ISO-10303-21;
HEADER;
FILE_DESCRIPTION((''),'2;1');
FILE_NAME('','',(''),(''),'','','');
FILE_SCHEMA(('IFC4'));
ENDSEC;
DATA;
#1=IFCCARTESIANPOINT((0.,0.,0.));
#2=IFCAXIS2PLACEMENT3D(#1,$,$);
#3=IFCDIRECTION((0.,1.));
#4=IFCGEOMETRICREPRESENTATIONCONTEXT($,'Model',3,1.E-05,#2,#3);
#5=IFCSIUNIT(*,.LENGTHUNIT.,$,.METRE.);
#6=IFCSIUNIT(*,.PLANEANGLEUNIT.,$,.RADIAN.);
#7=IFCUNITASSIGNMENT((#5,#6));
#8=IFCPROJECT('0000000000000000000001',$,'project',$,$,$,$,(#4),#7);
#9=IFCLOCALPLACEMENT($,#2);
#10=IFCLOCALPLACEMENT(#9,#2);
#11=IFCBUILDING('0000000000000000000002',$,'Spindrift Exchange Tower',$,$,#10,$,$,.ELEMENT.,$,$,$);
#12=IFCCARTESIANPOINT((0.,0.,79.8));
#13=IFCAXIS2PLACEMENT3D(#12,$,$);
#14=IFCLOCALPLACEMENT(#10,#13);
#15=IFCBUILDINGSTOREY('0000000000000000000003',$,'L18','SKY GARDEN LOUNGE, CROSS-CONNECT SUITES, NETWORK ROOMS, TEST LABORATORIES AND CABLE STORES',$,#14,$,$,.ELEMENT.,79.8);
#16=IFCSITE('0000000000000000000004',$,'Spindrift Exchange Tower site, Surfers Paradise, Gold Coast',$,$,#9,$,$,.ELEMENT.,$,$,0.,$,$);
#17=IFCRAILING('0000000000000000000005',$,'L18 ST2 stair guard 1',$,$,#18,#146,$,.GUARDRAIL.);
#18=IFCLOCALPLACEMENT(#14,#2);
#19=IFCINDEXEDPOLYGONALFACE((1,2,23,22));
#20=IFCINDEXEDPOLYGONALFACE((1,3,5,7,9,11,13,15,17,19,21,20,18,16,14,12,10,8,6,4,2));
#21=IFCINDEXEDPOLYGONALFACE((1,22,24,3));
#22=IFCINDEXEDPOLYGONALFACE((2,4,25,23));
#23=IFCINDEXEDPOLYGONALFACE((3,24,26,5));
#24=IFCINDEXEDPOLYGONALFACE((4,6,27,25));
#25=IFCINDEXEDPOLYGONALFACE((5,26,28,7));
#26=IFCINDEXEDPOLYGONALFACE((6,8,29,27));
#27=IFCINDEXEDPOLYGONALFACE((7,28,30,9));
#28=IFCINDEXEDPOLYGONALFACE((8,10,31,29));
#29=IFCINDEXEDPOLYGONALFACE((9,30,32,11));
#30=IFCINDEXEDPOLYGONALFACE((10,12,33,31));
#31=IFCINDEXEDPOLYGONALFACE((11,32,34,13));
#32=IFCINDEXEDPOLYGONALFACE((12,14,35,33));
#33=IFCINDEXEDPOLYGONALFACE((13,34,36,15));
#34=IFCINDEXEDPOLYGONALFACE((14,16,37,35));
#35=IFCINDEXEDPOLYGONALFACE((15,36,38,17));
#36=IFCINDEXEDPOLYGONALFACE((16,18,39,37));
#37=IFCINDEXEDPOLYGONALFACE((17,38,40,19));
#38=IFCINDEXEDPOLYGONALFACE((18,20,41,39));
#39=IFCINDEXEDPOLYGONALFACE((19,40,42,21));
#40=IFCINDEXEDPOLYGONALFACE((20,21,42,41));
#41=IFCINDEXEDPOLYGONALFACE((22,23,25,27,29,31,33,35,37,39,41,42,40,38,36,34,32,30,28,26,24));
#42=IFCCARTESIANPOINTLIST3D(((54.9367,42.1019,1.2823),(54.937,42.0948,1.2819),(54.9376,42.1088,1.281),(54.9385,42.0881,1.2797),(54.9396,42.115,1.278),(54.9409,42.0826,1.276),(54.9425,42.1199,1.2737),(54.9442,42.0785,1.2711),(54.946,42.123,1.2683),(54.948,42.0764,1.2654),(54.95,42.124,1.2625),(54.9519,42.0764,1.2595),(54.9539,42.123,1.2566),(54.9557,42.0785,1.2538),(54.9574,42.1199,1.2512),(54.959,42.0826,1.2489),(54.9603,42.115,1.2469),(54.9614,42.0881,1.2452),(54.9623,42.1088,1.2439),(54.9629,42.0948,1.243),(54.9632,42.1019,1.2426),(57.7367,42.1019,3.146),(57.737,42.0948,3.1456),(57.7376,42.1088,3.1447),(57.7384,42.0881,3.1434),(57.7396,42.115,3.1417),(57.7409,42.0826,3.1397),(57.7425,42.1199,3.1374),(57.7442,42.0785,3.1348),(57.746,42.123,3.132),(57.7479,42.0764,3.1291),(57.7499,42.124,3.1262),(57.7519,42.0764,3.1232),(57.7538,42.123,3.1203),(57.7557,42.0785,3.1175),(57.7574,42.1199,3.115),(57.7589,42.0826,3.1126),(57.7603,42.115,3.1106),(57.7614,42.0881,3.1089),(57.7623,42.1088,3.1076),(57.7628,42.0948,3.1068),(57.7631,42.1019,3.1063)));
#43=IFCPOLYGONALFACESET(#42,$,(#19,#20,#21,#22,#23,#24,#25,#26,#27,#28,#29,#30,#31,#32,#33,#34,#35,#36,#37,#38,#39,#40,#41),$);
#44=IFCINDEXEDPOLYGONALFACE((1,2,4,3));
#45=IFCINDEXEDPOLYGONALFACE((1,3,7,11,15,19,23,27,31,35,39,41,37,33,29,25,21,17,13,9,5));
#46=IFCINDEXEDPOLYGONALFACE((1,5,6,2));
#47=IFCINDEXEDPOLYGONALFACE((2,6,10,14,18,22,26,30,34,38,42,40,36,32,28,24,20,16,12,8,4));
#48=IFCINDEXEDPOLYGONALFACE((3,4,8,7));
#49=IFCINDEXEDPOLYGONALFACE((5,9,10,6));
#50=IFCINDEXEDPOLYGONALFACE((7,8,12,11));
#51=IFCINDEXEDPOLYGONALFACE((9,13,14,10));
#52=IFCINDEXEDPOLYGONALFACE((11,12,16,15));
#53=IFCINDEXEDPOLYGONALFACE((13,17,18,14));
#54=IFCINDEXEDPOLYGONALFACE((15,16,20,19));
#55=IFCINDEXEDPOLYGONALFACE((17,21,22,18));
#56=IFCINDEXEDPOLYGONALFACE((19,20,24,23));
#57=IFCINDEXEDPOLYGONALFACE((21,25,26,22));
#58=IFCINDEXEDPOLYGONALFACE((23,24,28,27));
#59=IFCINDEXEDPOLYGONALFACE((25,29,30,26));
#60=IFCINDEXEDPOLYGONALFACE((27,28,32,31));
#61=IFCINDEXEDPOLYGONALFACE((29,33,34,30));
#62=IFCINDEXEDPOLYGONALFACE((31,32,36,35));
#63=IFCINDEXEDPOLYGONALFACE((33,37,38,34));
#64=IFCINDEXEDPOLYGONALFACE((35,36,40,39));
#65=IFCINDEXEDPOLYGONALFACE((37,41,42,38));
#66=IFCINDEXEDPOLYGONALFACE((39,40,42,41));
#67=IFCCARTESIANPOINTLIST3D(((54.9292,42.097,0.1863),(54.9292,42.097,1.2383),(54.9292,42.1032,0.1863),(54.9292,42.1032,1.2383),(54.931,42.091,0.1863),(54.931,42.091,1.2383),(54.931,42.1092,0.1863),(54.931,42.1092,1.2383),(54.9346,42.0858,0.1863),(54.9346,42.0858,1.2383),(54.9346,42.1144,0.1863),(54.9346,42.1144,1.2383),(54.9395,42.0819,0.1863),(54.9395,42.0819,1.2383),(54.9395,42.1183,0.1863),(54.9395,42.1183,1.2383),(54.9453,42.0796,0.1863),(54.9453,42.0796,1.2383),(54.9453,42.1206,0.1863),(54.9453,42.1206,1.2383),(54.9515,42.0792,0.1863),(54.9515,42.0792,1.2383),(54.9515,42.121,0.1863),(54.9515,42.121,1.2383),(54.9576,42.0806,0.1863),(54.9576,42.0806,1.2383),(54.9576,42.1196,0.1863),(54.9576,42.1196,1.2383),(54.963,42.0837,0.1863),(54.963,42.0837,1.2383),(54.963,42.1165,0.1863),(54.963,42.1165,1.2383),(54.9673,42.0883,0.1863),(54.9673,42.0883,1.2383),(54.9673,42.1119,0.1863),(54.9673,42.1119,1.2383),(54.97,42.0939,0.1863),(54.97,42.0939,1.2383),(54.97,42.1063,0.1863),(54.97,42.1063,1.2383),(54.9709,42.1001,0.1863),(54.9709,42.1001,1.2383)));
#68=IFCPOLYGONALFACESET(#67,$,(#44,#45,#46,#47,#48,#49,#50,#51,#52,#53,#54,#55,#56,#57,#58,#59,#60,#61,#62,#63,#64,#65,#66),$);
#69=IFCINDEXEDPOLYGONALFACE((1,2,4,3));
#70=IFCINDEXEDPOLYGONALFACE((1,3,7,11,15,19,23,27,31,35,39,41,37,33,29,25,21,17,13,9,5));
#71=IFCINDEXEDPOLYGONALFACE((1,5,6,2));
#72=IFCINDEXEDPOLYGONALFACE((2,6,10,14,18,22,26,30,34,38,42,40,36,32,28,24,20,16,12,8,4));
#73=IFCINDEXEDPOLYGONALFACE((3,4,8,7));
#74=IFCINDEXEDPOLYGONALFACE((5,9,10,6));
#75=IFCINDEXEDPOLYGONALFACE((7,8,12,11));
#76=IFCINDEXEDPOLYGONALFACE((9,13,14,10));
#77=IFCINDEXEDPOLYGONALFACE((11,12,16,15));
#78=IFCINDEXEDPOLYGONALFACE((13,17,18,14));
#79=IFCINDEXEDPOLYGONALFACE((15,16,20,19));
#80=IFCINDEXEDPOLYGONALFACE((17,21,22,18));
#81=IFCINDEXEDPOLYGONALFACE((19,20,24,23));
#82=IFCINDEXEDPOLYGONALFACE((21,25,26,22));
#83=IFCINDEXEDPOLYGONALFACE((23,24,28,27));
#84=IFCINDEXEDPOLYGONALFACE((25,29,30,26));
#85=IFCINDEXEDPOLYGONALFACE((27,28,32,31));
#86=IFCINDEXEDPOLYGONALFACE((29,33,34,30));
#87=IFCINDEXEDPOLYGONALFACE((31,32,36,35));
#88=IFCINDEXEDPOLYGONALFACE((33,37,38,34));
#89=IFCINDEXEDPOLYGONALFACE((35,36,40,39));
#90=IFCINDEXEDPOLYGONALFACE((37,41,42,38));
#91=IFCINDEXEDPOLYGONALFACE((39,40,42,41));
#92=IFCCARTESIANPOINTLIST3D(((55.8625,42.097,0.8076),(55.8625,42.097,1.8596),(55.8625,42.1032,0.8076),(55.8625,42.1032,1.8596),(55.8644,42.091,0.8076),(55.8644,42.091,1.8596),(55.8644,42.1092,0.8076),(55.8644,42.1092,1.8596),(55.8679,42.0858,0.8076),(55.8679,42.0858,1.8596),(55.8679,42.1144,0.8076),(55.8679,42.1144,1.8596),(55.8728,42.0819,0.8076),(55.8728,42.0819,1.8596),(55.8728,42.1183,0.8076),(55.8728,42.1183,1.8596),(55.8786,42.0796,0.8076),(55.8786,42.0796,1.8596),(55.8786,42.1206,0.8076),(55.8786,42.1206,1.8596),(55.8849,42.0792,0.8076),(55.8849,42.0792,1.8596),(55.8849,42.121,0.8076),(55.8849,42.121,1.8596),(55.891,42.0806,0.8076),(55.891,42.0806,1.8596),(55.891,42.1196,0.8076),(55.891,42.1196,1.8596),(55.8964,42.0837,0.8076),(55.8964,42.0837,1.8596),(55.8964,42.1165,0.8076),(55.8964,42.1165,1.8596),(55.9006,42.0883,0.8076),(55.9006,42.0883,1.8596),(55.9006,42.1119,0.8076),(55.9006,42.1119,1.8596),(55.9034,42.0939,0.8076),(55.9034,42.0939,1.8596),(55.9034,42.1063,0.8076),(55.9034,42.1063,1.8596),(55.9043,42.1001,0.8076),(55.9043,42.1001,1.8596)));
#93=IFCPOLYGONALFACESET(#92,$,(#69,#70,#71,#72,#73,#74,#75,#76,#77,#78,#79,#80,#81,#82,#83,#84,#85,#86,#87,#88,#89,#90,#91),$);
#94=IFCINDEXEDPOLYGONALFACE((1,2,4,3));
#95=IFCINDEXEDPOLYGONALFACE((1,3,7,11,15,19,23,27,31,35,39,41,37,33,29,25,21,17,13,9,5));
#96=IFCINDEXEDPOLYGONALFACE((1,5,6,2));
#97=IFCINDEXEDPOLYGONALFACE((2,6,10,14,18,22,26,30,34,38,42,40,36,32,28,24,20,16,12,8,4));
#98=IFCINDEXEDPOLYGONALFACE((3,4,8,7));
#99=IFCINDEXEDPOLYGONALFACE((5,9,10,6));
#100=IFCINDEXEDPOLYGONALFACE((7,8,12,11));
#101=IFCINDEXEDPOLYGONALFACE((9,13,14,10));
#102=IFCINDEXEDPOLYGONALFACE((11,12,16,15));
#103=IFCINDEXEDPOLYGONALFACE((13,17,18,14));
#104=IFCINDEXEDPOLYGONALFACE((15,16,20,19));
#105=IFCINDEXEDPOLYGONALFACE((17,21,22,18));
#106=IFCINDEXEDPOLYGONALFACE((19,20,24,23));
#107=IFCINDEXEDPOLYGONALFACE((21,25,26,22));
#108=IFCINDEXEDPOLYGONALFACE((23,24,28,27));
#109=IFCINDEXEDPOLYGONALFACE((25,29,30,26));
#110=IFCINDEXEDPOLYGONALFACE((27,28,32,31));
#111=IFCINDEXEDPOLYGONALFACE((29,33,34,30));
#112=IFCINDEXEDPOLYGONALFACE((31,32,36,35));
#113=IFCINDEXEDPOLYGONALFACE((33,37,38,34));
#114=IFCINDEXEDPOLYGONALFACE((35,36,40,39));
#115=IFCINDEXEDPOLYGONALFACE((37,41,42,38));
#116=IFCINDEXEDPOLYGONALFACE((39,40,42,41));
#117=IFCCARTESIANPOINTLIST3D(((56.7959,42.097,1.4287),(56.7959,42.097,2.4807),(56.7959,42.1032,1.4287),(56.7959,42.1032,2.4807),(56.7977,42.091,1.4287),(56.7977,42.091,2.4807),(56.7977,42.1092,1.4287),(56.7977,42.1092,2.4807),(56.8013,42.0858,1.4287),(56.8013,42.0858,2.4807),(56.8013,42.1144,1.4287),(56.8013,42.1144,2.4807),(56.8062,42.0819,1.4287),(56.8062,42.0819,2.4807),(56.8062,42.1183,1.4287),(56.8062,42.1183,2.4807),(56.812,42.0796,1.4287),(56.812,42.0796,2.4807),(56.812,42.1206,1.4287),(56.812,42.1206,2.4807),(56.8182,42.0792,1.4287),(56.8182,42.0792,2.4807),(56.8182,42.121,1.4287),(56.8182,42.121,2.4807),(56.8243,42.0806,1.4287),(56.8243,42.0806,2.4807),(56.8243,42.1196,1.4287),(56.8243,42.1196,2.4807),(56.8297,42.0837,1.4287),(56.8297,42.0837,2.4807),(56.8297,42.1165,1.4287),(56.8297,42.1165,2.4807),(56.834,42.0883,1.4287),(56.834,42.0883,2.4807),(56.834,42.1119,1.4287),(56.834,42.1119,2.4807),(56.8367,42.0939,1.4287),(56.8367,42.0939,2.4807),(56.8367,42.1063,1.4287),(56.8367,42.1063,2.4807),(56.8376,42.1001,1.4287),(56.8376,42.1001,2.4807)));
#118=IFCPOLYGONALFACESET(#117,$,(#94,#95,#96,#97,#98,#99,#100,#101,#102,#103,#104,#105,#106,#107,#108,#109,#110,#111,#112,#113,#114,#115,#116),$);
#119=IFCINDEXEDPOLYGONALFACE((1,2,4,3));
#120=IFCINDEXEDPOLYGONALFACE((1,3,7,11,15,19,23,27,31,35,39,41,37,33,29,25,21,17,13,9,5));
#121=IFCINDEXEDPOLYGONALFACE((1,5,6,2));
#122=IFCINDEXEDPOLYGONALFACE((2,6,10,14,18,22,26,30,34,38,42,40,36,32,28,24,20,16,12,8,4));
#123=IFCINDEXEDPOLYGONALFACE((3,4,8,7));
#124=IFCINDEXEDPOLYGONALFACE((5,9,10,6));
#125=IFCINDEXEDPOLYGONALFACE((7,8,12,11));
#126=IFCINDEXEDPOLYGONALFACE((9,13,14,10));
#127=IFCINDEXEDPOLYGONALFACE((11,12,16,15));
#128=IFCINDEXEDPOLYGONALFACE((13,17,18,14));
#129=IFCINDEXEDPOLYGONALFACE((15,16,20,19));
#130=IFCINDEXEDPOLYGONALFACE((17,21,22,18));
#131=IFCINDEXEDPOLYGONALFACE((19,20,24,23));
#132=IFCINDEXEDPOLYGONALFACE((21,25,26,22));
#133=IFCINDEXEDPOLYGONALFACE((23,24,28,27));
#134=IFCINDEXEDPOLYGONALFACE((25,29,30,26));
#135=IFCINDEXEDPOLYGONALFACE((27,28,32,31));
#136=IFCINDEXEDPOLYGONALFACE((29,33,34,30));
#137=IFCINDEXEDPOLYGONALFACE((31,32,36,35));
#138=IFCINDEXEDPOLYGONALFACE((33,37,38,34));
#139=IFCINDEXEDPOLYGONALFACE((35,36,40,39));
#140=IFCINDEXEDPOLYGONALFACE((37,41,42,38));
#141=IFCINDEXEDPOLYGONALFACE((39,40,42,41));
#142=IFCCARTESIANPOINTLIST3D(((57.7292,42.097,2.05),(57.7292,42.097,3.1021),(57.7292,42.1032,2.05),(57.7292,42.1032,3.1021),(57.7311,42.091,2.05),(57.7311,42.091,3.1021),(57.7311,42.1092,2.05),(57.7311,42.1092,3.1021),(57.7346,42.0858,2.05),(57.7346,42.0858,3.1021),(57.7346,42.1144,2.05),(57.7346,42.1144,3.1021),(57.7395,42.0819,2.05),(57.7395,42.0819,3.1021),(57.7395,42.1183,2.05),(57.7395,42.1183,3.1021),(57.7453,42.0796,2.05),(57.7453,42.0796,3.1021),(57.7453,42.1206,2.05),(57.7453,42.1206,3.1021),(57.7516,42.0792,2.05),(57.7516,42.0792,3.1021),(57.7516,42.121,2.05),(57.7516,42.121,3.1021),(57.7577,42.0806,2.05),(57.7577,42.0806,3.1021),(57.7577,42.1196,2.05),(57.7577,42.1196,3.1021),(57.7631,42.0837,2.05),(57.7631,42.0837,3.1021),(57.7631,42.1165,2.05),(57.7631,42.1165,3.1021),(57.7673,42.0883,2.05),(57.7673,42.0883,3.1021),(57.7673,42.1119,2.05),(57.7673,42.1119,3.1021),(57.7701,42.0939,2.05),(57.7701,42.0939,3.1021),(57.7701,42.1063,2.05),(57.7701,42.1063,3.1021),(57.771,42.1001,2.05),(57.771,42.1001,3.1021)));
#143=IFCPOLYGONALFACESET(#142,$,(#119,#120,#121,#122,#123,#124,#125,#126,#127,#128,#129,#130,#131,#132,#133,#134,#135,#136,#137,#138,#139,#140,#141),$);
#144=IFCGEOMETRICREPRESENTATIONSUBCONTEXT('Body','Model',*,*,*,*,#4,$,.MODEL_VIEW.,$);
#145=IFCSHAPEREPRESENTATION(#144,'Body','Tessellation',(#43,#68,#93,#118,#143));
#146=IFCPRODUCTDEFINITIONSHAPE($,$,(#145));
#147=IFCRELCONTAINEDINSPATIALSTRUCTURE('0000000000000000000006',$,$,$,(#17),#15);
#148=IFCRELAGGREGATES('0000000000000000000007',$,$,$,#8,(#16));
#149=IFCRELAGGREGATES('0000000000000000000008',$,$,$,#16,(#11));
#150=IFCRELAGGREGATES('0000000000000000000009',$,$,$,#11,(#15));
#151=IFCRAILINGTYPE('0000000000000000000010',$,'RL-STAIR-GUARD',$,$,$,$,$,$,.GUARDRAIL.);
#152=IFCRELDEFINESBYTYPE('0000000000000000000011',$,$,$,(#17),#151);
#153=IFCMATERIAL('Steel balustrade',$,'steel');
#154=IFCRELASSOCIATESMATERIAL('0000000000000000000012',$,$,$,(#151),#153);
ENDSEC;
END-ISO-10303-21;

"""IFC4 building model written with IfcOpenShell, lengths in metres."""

from ifc_helpers import new_model, si_unit, direction, frame, origin, origin_2d, place, context, subcontext, project, spatial, circle, extrude, material, type_object, element, save


model = new_model("IFC4")

# Units and contexts
model_context = context("Model", 3, precision=1e-05, world=origin(), true_north=direction((0.0, 1.0)))
body_context = subcontext(model_context, "Body", "Model", "MODEL_VIEW")
ifc_project = project(units=[si_unit("LENGTHUNIT", "METRE"), si_unit("PLANEANGLEUNIT", "RADIAN")], contexts=[model_context])

# Site, building, storey
site_placement = place(None, origin())
site = spatial("IfcSite", under=ifc_project, at=site_placement, Name="Spindrift Exchange Tower site, Surfers Paradise, Gold Coast", CompositionType="ELEMENT", RefElevation=0.0)
building_placement = place(site_placement, origin())
building = spatial("IfcBuilding", under=site, at=building_placement, Name="Spindrift Exchange Tower", CompositionType="ELEMENT")
storey_placement = place(building_placement, frame((0.0, 0.0, 79.8)))
storey = spatial("IfcBuildingStorey", under=building, at=storey_placement, Name="L18", Description="SKY GARDEN LOUNGE, CROSS-CONNECT SUITES, NETWORK ROOMS, TEST LABORATORIES AND CABLE STORES", CompositionType="ELEMENT", Elevation=79.8)

# Railing
ifc_material_1 = material(Name="Steel balustrade", Category="steel")
railing_type_1 = type_object("IfcRailingType", Name="RL-STAIR-GUARD", PredefinedType="GUARDRAIL", material=ifc_material_1)
railing_1_placement = place(storey_placement, frame((54.95, 42.1001, 0.1863)))
element("IfcRailing", 1, at=railing_1_placement, inside=storey, type_object=railing_type_1, Name="L18 ST2 stair guard 1", PredefinedType="GUARDRAIL", context=body_context, shape_type="SweptSolid", body=[
    extrude(circle(Radius=0.0239, at=origin_2d()), frame((0.0, 0.0, 1.0762), z_axis=(0.832452, 0.0, 0.554097), x_axis=(0.0, 1.0, 0.0)), (0.0, 0.0, 1.0), 3.3635),
    extrude(circle(Radius=0.021, at=origin_2d()), origin(), (0.0, 0.0, 1.0), 1.052),
    extrude(circle(Radius=0.021, at=origin_2d()), frame((0.9333, 0.0, 0.6213)), (0.0, 0.0, 1.0), 1.052),
    extrude(circle(Radius=0.021, at=origin_2d()), frame((1.8667, 0.0, 1.2424)), (0.0, 0.0, 1.0), 1.052),
    extrude(circle(Radius=0.021, at=origin_2d()), frame((2.8, 0.0, 1.8638)), (0.0, 0.0, 1.0), 1.052),
])

save(model, "model.ifc")
